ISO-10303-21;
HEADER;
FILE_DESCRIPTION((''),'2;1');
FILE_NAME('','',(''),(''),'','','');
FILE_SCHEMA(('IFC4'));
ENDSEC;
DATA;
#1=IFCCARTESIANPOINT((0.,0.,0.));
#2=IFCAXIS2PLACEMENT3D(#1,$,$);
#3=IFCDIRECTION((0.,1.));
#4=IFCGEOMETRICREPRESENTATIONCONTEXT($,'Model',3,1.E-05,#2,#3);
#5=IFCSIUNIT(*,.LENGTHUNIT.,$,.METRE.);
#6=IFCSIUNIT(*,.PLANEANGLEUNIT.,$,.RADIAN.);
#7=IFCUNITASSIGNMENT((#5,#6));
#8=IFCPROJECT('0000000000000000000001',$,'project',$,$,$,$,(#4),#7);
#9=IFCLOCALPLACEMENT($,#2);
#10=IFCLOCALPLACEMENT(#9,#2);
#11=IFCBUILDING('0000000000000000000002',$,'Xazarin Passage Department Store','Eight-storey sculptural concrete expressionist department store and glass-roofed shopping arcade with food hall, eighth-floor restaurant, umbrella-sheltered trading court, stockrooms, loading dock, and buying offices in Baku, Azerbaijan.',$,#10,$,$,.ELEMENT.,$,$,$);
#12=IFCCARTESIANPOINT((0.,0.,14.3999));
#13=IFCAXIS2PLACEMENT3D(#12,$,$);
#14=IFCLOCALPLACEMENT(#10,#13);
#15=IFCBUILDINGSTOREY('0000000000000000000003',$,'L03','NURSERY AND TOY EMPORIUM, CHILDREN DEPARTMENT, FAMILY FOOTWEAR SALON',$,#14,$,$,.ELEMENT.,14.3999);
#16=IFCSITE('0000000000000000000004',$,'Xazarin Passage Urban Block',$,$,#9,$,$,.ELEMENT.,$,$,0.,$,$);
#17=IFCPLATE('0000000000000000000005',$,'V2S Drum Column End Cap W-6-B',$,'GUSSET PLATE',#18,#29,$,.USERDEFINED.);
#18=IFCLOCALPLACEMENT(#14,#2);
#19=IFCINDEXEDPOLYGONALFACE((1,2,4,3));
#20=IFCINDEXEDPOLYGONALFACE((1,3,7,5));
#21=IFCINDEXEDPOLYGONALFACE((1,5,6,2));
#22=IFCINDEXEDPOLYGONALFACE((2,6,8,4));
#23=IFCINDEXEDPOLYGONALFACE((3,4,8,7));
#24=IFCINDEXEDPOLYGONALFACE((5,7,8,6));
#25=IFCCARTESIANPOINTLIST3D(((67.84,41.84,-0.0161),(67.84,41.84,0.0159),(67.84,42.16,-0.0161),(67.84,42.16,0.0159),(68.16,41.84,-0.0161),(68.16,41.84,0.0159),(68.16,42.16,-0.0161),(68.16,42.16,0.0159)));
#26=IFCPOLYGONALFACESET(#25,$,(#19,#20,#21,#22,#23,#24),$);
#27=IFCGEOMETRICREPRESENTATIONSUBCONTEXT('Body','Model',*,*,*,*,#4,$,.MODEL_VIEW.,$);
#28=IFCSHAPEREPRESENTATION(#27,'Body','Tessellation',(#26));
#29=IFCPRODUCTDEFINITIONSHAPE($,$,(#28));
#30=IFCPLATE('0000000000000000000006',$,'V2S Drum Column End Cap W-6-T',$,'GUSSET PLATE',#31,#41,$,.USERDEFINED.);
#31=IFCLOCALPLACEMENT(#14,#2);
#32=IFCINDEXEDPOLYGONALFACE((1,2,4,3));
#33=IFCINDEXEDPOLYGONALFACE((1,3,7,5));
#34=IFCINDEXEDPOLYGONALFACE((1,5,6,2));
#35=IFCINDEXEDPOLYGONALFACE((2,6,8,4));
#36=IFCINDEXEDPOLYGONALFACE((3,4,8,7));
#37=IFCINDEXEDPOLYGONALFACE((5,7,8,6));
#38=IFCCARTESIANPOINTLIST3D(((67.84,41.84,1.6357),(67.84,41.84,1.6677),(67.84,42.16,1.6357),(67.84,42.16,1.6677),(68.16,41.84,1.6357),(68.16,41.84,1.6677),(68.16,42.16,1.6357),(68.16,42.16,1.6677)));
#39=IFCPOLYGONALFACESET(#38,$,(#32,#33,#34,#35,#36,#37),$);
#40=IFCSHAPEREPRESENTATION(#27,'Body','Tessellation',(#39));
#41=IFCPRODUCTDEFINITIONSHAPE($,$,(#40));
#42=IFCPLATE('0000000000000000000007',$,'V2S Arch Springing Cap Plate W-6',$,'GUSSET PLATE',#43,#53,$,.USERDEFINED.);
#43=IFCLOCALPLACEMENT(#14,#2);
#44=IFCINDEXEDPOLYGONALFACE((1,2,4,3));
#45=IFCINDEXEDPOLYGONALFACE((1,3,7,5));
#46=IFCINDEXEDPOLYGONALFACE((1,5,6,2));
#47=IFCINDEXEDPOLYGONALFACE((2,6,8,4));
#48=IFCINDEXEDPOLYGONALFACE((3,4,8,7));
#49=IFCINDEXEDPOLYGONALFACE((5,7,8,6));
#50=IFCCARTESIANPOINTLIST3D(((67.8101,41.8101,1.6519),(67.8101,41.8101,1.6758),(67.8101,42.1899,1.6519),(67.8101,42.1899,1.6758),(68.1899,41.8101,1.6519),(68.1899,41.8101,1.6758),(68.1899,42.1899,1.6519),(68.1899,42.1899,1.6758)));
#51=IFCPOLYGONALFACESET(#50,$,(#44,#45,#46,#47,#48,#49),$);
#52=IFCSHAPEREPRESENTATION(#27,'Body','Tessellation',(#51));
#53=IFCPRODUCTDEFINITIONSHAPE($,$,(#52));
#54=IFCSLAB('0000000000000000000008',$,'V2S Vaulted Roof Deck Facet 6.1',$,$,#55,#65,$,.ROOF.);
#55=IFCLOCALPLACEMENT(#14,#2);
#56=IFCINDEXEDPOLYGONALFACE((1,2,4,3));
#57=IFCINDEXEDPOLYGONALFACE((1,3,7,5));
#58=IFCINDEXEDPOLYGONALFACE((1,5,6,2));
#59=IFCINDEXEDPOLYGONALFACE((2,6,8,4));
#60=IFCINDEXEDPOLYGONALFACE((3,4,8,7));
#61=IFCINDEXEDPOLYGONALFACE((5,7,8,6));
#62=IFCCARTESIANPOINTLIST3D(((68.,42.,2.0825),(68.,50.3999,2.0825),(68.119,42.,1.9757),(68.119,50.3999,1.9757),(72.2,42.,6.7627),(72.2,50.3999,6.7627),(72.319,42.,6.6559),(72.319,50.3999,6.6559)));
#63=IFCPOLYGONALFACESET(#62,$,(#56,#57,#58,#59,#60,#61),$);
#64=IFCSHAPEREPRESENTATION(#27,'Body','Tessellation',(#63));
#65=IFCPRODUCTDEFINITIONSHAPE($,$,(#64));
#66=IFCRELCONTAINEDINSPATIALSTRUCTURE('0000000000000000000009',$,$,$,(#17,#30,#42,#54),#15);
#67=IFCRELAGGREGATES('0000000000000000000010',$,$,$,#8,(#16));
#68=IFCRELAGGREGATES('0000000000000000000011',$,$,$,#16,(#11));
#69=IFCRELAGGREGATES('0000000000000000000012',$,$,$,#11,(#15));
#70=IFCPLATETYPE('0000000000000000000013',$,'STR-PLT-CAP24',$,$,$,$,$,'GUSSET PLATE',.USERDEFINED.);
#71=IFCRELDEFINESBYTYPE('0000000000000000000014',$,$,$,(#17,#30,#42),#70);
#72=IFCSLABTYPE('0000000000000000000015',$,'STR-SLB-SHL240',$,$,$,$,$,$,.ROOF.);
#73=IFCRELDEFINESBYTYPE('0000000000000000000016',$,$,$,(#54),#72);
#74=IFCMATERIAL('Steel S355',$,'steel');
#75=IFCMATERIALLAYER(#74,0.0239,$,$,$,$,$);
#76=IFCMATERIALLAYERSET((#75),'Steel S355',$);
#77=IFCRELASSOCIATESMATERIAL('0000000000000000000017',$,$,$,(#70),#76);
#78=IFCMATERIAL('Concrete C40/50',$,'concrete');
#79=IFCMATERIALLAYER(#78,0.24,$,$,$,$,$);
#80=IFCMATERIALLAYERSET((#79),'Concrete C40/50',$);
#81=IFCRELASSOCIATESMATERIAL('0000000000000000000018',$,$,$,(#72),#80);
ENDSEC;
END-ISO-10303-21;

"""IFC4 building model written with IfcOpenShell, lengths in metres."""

from ifc_helpers import new_model, si_unit, direction, frame, origin, origin_2d, place, context, subcontext, project, spatial, polyline, rectangle, outline, extrude, material, layer, layer_set, type_object, element, save


model = new_model("IFC4")

# Units and contexts
model_context = context("Model", 3, precision=1e-05, world=origin(), true_north=direction((0.0, 1.0)))
body_context = subcontext(model_context, "Body", "Model", "MODEL_VIEW")
ifc_project = project(units=[si_unit("LENGTHUNIT", "METRE"), si_unit("PLANEANGLEUNIT", "RADIAN")], contexts=[model_context])

# Site, building, storey
site_placement = place(None, origin())
site = spatial("IfcSite", under=ifc_project, at=site_placement, Name="Xazarin Passage Urban Block", CompositionType="ELEMENT", RefElevation=0.0)
building_placement = place(site_placement, origin())
building = spatial("IfcBuilding", under=site, at=building_placement, Name="Xazarin Passage Department Store", Description="Eight-storey sculptural concrete expressionist department store and glass-roofed shopping arcade with food hall, eighth-floor restaurant, umbrella-sheltered trading court, stockrooms, loading dock, and buying offices in Baku, Azerbaijan.", CompositionType="ELEMENT")
storey_placement = place(building_placement, frame((0.0, 0.0, 14.3999)))
storey = spatial("IfcBuildingStorey", under=building, at=storey_placement, Name="L03", Description="NURSERY AND TOY EMPORIUM, CHILDREN DEPARTMENT, FAMILY FOOTWEAR SALON", CompositionType="ELEMENT", Elevation=14.3999)

# Shared definitions
ifc_material_1 = material(Name="Steel S355", Category="steel")
ifc_material_2 = material(Name="Concrete C40/50", Category="concrete")

# Plates
ifc_layer_1 = layer(ifc_material_1, 0.0239)
ifc_layer_set_1 = layer_set([ifc_layer_1], Name="Steel S355")
plate_type = type_object("IfcPlateType", Name="STR-PLT-CAP24", ElementType="GUSSET PLATE", PredefinedType="USERDEFINED", material=ifc_layer_set_1)
for number, where, z_axis, x_axis, name in (
    (1, (68.0, 42.0, -0.0161), (0.0, 0.0, 1.0), (1.0, 0.0, 0.0), "V2S Drum Column End Cap W-6-B"),
    (2, (68.0, 42.0, 1.6357), (0.0, 0.0, 1.0), (1.0, 0.0, 0.0), "V2S Drum Column End Cap W-6-T"),
):
    element("IfcPlate", number, at=place(storey_placement, frame(where, z_axis=z_axis, x_axis=x_axis)), inside=storey, type_object=plate_type, Name=name, ObjectType="GUSSET PLATE", PredefinedType="USERDEFINED", context=body_context, shape_type="SweptSolid", body=[
        extrude(rectangle(XDim=0.3201, YDim=0.3201, at=origin_2d()), origin(), (0.0, 0.0, 1.0), 0.032),
    ])
plate_placement = place(storey_placement, frame((68.0, 42.0, 1.6519), z_axis=(0.0, 0.0, 1.0), x_axis=(1.0, 0.0, 0.0)))
element("IfcPlate", 3, at=plate_placement, inside=storey, type_object=plate_type, Name="V2S Arch Springing Cap Plate W-6", ObjectType="GUSSET PLATE", PredefinedType="USERDEFINED", context=body_context, shape_type="SweptSolid", body=[
    extrude(rectangle(XDim=0.3799, YDim=0.3799, at=origin_2d()), origin(), (0.0, 0.0, 1.0), 0.0239),
])

# Slab
ifc_layer_2 = layer(ifc_material_2, 0.24)
ifc_layer_set_2 = layer_set([ifc_layer_2], Name="Concrete C40/50")
slab_type = type_object("IfcSlabType", Name="STR-SLB-SHL240", PredefinedType="ROOF", material=ifc_layer_set_2)
slab_placement = place(storey_placement, frame((68.0, 42.0, 2.0825), z_axis=(-0.744259, 0.0, 0.667892), x_axis=(0.667892, 0.0, 0.744259)))
element("IfcSlab", 4, at=slab_placement, inside=storey, type_object=slab_type, Name="V2S Vaulted Roof Deck Facet 6.1", PredefinedType="ROOF", context=body_context, shape_type="SweptSolid", body=[
    extrude(outline(polyline([(0.0, 0.0), (6.2884, 0.0), (6.2884, 8.3999), (0.0, 8.3999), (0.0, 0.0)])), origin(), (0.0, 0.0, -1.0), 0.1599),
])

save(model, "model.ifc")
